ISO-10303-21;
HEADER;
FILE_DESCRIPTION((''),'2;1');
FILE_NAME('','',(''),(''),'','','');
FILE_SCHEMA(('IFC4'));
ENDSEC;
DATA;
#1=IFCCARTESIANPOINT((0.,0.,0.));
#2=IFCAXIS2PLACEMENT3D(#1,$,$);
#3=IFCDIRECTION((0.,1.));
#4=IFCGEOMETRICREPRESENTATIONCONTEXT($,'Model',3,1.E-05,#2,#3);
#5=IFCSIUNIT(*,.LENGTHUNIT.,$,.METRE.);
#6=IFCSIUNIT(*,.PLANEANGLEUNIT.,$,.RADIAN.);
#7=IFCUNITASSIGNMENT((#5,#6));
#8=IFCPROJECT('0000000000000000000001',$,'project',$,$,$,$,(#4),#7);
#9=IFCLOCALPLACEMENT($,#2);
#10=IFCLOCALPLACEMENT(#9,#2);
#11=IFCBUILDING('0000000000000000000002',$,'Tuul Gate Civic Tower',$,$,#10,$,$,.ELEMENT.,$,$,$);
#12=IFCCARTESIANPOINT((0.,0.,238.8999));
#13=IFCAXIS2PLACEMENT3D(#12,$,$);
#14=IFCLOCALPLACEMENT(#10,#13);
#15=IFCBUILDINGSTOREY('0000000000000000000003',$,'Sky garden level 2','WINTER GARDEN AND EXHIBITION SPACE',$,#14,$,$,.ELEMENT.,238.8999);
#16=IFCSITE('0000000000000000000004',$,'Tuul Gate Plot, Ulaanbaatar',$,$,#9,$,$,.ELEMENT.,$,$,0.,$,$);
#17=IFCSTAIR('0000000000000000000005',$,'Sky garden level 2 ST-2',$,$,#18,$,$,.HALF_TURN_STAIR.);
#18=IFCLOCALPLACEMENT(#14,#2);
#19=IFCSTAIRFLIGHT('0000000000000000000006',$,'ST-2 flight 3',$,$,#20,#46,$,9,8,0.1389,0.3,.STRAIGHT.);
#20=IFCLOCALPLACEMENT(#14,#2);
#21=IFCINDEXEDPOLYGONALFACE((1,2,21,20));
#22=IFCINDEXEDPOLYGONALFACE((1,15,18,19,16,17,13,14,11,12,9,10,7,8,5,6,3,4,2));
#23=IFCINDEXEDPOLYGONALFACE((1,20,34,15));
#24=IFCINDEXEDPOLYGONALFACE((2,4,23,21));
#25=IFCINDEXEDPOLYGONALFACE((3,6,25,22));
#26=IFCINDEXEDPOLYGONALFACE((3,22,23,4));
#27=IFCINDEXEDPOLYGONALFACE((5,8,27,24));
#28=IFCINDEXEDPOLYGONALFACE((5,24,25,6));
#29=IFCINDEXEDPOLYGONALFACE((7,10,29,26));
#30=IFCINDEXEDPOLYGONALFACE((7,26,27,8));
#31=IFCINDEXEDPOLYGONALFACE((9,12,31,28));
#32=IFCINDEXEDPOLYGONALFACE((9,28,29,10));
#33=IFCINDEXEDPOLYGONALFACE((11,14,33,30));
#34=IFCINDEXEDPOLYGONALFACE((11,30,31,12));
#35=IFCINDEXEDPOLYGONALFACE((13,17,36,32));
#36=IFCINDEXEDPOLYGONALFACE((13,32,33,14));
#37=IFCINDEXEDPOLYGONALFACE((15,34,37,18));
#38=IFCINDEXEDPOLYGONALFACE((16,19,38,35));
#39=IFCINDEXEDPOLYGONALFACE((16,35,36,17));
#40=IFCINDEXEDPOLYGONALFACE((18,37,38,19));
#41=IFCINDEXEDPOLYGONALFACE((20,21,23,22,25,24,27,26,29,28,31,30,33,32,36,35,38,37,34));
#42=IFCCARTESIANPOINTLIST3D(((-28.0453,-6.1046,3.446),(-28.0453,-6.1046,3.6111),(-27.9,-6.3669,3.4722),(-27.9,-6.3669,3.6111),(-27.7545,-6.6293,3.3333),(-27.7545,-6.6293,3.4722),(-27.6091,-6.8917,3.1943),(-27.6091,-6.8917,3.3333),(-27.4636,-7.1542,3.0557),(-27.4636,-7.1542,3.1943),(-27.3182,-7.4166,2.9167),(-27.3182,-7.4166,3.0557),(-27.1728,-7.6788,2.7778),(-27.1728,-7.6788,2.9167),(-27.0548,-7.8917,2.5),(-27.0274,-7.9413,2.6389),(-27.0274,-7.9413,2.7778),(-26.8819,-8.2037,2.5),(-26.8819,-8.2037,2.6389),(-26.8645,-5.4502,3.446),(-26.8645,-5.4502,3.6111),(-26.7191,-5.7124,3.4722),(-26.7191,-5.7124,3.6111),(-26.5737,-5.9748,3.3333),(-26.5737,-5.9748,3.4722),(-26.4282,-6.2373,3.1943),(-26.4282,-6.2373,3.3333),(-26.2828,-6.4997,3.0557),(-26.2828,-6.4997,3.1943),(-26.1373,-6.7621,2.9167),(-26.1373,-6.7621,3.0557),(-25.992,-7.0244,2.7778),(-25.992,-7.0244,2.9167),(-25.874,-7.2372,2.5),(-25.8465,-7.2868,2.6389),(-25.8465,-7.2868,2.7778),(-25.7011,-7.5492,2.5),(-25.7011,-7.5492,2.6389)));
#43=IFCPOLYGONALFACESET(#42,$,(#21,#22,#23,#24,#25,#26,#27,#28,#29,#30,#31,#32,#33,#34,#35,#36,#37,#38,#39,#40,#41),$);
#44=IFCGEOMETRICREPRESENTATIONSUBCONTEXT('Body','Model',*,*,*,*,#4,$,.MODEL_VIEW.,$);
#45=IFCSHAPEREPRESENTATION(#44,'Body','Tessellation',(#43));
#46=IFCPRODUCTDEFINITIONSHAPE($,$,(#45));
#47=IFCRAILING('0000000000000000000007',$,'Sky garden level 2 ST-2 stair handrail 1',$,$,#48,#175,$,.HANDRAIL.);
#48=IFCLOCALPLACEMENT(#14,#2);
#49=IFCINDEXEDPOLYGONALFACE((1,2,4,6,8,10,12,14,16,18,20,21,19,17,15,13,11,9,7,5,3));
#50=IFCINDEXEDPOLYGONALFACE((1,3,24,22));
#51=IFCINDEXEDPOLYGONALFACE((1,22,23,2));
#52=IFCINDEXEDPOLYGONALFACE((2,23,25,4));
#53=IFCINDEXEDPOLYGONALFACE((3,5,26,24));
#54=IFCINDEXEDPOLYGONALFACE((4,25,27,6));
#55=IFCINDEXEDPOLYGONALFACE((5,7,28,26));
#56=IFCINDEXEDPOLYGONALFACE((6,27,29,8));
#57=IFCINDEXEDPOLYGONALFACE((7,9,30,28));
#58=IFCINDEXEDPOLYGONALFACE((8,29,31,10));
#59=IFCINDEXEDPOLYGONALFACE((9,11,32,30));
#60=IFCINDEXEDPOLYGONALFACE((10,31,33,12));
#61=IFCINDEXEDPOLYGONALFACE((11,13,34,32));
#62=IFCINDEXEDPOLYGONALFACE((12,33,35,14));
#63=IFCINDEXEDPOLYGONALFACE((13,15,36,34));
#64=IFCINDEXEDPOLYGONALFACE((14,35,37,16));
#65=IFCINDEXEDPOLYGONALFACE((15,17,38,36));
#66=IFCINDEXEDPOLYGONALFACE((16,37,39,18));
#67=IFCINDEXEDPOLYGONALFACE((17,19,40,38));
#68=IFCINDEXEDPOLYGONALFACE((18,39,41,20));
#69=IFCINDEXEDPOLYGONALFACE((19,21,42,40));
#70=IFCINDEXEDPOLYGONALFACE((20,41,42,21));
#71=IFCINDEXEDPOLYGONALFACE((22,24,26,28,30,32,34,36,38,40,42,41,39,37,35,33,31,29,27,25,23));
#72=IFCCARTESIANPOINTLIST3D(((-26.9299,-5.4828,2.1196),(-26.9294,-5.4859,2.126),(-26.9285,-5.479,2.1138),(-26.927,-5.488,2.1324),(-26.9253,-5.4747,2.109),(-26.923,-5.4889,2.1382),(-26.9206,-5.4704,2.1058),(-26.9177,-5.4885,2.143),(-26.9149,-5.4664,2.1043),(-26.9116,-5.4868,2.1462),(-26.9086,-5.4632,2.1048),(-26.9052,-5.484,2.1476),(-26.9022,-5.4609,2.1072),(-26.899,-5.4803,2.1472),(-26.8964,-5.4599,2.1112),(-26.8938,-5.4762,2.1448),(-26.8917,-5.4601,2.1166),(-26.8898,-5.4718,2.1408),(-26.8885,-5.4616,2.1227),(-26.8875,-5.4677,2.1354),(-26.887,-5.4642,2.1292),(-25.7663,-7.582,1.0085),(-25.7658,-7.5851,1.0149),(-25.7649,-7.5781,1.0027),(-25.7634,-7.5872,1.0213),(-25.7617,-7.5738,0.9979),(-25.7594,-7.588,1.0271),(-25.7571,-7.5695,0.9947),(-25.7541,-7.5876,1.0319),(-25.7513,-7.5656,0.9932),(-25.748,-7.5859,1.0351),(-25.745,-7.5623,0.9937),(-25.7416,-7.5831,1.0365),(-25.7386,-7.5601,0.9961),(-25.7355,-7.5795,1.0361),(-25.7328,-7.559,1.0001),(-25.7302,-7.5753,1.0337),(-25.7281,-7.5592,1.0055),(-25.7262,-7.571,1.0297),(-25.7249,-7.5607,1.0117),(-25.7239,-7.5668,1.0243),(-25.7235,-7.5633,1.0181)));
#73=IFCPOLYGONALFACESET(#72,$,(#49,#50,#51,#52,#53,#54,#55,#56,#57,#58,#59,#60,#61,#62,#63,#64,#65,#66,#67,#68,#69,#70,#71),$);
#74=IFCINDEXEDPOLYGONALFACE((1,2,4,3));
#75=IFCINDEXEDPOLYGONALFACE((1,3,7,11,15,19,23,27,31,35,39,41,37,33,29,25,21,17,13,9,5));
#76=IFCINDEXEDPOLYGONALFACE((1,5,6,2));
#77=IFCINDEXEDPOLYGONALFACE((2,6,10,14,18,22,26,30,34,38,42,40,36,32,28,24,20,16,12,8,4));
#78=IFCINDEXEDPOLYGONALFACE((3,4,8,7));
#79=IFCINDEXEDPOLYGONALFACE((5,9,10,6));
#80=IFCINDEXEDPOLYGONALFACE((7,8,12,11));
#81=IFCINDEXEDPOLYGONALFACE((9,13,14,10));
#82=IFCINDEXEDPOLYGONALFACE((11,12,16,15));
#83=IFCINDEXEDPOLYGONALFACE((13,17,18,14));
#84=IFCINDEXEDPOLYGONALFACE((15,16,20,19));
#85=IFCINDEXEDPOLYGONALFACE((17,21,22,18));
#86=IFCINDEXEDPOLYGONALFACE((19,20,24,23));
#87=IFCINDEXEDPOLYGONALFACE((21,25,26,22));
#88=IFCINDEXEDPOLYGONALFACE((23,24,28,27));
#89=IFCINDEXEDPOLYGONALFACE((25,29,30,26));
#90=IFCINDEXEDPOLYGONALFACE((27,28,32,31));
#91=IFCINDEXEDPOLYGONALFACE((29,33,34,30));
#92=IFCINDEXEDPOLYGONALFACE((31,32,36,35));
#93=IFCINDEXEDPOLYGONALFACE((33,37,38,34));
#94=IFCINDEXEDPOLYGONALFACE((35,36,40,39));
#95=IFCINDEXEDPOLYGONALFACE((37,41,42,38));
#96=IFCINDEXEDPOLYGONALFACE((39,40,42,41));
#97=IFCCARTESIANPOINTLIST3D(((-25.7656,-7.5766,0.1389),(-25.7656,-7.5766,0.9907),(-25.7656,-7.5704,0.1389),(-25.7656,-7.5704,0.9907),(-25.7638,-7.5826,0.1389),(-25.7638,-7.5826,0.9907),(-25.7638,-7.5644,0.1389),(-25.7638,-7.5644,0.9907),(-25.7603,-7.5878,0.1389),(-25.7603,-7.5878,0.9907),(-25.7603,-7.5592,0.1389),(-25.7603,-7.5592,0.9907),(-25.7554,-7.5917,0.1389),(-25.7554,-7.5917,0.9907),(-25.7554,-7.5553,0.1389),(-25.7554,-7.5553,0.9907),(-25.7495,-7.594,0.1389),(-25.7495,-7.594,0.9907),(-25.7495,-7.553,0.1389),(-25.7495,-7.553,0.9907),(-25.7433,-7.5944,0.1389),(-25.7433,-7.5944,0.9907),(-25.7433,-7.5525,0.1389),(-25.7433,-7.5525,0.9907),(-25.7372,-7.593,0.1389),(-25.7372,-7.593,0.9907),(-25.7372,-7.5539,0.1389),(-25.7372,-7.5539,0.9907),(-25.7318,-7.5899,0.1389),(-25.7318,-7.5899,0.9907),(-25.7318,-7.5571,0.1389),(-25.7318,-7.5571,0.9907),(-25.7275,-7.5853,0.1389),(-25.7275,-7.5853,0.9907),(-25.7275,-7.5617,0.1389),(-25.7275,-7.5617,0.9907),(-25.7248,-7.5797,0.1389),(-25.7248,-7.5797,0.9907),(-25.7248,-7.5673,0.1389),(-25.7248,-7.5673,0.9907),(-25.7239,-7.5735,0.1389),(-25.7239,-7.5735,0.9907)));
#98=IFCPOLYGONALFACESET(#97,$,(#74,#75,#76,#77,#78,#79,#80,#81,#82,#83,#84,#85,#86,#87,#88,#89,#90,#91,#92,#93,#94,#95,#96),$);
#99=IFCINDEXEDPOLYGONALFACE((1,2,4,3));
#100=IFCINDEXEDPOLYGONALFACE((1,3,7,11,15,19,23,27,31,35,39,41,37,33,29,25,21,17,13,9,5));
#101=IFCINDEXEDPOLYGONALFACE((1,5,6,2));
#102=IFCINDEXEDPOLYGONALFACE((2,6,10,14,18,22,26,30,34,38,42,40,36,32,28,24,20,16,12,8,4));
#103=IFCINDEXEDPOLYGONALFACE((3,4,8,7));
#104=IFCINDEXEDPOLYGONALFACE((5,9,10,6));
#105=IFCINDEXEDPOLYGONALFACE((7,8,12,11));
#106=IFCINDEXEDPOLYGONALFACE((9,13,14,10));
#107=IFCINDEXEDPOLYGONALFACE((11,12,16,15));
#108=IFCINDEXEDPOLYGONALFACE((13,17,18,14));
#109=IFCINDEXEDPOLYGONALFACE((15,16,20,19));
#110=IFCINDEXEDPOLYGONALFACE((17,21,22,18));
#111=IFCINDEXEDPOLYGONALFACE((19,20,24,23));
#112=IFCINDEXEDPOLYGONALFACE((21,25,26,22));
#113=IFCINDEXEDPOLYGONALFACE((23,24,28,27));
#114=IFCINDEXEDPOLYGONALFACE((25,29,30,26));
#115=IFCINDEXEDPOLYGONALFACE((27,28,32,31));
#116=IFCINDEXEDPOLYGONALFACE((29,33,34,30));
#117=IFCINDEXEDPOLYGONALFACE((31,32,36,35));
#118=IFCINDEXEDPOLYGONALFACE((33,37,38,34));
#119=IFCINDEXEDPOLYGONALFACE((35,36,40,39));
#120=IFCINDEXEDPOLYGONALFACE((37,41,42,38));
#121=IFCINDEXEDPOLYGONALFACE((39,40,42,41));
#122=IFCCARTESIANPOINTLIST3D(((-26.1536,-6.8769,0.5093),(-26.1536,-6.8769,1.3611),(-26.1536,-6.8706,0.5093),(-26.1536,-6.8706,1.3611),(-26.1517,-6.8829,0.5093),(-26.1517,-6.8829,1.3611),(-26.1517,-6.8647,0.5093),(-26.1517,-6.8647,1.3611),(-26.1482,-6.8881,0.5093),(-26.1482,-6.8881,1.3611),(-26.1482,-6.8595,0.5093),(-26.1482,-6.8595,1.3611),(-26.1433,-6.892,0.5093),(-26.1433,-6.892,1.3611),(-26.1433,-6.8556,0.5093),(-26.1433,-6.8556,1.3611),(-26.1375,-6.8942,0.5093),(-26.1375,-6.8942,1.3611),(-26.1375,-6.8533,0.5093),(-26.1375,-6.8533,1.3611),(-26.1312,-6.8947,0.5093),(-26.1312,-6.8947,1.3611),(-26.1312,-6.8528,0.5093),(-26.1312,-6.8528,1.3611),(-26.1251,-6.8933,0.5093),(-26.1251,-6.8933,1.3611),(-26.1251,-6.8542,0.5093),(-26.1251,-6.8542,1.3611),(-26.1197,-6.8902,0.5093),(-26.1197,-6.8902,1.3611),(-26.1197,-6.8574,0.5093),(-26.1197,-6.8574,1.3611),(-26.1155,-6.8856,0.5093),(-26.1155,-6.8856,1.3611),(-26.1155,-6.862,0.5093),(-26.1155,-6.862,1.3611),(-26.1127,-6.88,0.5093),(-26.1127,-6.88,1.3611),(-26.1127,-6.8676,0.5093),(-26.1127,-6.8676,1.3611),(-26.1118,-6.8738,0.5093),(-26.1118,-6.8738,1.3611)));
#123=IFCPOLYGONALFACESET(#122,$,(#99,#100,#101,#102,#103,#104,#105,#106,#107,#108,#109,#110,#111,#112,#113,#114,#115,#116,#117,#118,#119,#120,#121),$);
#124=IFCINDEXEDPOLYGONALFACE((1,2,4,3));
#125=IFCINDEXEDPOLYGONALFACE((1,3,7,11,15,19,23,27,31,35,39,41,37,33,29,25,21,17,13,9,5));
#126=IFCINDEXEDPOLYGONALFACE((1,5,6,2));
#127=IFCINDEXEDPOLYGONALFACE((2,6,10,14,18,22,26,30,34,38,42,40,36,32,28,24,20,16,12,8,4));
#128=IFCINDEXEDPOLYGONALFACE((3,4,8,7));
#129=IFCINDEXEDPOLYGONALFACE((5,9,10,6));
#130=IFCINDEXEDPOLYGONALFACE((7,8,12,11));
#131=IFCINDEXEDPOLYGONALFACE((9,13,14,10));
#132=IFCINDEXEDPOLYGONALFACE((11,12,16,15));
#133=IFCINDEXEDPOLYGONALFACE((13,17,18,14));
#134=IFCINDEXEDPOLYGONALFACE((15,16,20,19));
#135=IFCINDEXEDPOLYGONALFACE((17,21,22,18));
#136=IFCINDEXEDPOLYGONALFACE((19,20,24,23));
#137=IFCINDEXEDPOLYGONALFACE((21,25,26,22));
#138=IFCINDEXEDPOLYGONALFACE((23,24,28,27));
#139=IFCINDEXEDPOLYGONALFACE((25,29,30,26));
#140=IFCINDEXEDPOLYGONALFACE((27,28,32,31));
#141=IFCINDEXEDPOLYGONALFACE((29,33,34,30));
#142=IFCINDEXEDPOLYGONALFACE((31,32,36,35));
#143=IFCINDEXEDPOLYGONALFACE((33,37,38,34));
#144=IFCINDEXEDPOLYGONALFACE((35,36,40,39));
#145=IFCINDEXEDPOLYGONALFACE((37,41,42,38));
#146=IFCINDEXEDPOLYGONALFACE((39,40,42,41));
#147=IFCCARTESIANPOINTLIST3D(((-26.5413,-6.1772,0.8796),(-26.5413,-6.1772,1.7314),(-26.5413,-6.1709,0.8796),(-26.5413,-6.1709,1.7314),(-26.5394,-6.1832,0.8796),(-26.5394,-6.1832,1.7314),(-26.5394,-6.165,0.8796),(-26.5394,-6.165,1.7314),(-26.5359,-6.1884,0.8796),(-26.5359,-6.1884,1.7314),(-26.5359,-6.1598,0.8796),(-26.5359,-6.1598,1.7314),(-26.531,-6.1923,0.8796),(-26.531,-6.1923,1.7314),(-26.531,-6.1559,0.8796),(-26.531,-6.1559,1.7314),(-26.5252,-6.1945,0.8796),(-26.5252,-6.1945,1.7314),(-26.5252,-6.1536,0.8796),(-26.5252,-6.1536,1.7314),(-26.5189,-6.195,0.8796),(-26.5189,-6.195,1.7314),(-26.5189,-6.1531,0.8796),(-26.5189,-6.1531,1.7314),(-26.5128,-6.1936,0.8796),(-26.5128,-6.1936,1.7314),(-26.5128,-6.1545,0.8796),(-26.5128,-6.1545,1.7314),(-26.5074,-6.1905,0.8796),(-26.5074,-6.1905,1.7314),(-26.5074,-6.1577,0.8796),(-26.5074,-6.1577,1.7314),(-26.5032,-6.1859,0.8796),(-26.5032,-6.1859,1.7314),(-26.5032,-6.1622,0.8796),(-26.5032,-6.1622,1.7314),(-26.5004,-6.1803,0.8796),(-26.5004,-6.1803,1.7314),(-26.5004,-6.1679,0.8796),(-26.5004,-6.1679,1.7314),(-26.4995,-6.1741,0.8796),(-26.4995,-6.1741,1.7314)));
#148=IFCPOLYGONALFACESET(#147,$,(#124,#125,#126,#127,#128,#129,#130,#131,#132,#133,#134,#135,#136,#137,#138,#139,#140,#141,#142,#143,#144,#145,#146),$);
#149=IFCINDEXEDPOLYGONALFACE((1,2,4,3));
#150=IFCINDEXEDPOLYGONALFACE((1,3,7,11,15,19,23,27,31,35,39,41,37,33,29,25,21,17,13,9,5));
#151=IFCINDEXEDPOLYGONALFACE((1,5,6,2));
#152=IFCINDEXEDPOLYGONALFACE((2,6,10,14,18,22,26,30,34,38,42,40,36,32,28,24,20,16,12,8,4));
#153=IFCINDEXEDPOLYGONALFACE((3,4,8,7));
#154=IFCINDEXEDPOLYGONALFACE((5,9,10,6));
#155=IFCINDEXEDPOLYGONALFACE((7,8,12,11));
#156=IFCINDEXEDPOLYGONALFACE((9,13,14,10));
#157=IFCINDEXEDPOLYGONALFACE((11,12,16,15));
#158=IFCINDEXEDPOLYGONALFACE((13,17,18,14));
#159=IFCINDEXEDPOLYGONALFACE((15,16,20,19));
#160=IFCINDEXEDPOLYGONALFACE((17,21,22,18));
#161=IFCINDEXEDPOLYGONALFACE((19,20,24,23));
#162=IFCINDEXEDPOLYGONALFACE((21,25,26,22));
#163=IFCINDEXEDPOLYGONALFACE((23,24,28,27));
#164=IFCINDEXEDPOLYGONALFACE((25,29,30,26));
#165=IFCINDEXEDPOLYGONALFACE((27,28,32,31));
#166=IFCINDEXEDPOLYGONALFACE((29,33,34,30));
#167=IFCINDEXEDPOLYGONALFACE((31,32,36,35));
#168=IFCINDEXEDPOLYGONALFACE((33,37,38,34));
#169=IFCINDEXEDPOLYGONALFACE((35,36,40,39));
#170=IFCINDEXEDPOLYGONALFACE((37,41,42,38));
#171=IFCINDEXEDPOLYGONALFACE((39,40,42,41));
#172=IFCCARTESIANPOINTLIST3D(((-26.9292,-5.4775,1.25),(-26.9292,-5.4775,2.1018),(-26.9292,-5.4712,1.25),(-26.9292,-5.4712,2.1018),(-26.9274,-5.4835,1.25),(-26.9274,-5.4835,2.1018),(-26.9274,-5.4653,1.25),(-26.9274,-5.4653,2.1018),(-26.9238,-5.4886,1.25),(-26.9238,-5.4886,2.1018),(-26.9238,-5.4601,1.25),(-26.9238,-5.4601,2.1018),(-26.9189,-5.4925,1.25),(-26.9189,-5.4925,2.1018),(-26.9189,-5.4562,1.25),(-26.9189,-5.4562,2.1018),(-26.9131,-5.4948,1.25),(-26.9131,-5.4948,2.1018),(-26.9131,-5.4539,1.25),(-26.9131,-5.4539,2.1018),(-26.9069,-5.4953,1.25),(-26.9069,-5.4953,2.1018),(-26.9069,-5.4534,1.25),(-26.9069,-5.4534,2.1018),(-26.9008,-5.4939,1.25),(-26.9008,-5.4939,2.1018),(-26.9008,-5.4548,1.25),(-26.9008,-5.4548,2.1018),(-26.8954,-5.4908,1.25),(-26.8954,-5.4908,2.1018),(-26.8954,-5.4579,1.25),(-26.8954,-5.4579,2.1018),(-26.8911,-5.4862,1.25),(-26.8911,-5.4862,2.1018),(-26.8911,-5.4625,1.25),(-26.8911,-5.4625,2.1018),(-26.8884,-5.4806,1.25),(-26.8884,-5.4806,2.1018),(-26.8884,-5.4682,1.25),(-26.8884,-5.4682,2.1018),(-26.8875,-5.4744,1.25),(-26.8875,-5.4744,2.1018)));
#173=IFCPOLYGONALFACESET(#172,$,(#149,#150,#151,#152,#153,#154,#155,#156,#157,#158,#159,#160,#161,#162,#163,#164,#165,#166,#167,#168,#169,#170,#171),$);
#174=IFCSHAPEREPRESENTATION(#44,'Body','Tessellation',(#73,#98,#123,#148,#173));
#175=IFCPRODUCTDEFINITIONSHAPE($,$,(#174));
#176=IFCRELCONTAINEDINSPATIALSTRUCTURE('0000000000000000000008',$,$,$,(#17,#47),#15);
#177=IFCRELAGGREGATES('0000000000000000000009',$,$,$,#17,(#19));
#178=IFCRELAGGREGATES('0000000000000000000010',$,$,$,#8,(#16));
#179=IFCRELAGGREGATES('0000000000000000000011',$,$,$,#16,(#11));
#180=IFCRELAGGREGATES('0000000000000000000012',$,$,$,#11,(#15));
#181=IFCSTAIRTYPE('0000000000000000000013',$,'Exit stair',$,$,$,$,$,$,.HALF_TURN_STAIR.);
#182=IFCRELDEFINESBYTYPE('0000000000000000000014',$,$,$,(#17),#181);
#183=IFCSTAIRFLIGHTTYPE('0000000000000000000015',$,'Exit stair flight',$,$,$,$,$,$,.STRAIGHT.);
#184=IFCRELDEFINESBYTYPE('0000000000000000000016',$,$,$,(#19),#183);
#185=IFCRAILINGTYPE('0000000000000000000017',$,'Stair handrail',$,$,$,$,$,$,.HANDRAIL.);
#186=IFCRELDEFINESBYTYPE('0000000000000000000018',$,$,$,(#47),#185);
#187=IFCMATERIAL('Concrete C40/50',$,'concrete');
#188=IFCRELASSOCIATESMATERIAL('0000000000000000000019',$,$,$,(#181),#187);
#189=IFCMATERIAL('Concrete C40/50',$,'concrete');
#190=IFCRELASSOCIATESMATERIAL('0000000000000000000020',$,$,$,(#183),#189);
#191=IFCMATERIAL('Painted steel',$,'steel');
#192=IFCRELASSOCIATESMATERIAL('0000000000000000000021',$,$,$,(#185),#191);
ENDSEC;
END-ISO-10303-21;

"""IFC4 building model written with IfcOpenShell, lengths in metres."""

from ifc_helpers import new_model, si_unit, direction, frame, origin, origin_2d, place, context, subcontext, project, spatial, polyline, circle, outline, extrude, material, type_object, element, aggregate, save


model = new_model("IFC4")

# Units and contexts
model_context = context("Model", 3, precision=1e-05, world=origin(), true_north=direction((0.0, 1.0)))
body_context = subcontext(model_context, "Body", "Model", "MODEL_VIEW")
ifc_project = project(units=[si_unit("LENGTHUNIT", "METRE"), si_unit("PLANEANGLEUNIT", "RADIAN")], contexts=[model_context])

# Site, building, storey
site_placement = place(None, origin())
site = spatial("IfcSite", under=ifc_project, at=site_placement, Name="Tuul Gate Plot, Ulaanbaatar", CompositionType="ELEMENT", RefElevation=0.0)
building_placement = place(site_placement, origin())
building = spatial("IfcBuilding", under=site, at=building_placement, Name="Tuul Gate Civic Tower", CompositionType="ELEMENT")
storey_placement = place(building_placement, frame((0.0, 0.0, 238.8999)))
storey = spatial("IfcBuildingStorey", under=building, at=storey_placement, Name="Sky garden level 2", Description="WINTER GARDEN AND EXHIBITION SPACE", CompositionType="ELEMENT", Elevation=238.8999)

# Stair, stair flight
ifc_material_1 = material(Name="Concrete C40/50", Category="concrete")
stair_type = type_object("IfcStairType", Name="Exit stair", PredefinedType="HALF_TURN_STAIR", material=ifc_material_1)
stair_placement = place(storey_placement, origin())
stair = element("IfcStair", 1, at=stair_placement, inside=storey, type_object=stair_type, Name="Sky garden level 2 ST-2", PredefinedType="HALF_TURN_STAIR")
ifc_material_2 = material(Name="Concrete C40/50", Category="concrete")
stair_flight_type = type_object("IfcStairFlightType", Name="Exit stair flight", PredefinedType="STRAIGHT", material=ifc_material_2)
stair_flight_1_placement = place(storey_placement, frame((-26.2915, -7.8765, 2.5), z_axis=(0.0, 0.0, 1.0), x_axis=(-0.484762, 0.874646, 0.0)))
stair_flight_1 = element("IfcStairFlight", 2, at=stair_flight_1_placement, type_object=stair_flight_type, Name="ST-2 flight 3", NumberOfRisers=9, NumberOfTreads=8, PredefinedType="STRAIGHT", RiserHeight=0.1389, TreadLength=0.3, context=body_context, shape_type="SweptSolid", body=[
    extrude(outline(polyline([(0.0, 0.0), (0.0, 0.1389), (0.3, 0.1389), (0.3, 0.2778), (0.6001, 0.2778), (0.6001, 0.4167), (0.8999, 0.4167), (0.8999, 0.5557), (1.2, 0.5557), (1.2, 0.6943), (1.5, 0.6943), (1.5, 0.8333), (1.8, 0.8333), (1.8, 0.9722), (2.1001, 0.9722), (2.1001, 1.1111), (2.3999, 1.1111), (2.3999, 1.25), (2.3999, 0.946), (0.3567, 0.0), (0.0, 0.0)])), frame((0.0, 0.675, 0.0), z_axis=(0.0, -1.0, 0.0), x_axis=(1.0, 0.0, 0.0)), (0.0, 0.0, 1.0), 1.3501),
])
aggregate(stair, [stair_flight_1])

# Railing
ifc_material_3 = material(Name="Painted steel", Category="steel")
railing_type = type_object("IfcRailingType", Name="Stair handrail", PredefinedType="HANDRAIL", material=ifc_material_3)
for number, where, name in (
    (3, (-25.7449, -7.5735, 0.1389), "Sky garden level 2 ST-2 stair handrail 1"),
):
    element("IfcRailing", number, at=place(storey_placement, frame(where)), inside=storey, type_object=railing_type, Name=name, PredefinedType="HANDRAIL", context=body_context, shape_type="SweptSolid", body=[
        extrude(circle(Radius=0.0239, at=origin_2d()), frame((0.0, 0.0, 0.876), z_axis=(-0.439956, 0.793692, 0.420109), x_axis=(-0.874618, -0.484814, 0.0)), (0.0, 0.0, 1.0), 2.6448),
        extrude(circle(Radius=0.021, at=origin_2d()), origin(), (0.0, 0.0, 1.0), 0.8518),
        extrude(circle(Radius=0.021, at=origin_2d()), frame((-0.3879, 0.6997, 0.3704)), (0.0, 0.0, 1.0), 0.8518),
        extrude(circle(Radius=0.021, at=origin_2d()), frame((-0.7756, 1.3994, 0.7407)), (0.0, 0.0, 1.0), 0.8518),
        extrude(circle(Radius=0.021, at=origin_2d()), frame((-1.1636, 2.0991, 1.1111)), (0.0, 0.0, 1.0), 0.8518),
    ])

save(model, "model.ifc")
